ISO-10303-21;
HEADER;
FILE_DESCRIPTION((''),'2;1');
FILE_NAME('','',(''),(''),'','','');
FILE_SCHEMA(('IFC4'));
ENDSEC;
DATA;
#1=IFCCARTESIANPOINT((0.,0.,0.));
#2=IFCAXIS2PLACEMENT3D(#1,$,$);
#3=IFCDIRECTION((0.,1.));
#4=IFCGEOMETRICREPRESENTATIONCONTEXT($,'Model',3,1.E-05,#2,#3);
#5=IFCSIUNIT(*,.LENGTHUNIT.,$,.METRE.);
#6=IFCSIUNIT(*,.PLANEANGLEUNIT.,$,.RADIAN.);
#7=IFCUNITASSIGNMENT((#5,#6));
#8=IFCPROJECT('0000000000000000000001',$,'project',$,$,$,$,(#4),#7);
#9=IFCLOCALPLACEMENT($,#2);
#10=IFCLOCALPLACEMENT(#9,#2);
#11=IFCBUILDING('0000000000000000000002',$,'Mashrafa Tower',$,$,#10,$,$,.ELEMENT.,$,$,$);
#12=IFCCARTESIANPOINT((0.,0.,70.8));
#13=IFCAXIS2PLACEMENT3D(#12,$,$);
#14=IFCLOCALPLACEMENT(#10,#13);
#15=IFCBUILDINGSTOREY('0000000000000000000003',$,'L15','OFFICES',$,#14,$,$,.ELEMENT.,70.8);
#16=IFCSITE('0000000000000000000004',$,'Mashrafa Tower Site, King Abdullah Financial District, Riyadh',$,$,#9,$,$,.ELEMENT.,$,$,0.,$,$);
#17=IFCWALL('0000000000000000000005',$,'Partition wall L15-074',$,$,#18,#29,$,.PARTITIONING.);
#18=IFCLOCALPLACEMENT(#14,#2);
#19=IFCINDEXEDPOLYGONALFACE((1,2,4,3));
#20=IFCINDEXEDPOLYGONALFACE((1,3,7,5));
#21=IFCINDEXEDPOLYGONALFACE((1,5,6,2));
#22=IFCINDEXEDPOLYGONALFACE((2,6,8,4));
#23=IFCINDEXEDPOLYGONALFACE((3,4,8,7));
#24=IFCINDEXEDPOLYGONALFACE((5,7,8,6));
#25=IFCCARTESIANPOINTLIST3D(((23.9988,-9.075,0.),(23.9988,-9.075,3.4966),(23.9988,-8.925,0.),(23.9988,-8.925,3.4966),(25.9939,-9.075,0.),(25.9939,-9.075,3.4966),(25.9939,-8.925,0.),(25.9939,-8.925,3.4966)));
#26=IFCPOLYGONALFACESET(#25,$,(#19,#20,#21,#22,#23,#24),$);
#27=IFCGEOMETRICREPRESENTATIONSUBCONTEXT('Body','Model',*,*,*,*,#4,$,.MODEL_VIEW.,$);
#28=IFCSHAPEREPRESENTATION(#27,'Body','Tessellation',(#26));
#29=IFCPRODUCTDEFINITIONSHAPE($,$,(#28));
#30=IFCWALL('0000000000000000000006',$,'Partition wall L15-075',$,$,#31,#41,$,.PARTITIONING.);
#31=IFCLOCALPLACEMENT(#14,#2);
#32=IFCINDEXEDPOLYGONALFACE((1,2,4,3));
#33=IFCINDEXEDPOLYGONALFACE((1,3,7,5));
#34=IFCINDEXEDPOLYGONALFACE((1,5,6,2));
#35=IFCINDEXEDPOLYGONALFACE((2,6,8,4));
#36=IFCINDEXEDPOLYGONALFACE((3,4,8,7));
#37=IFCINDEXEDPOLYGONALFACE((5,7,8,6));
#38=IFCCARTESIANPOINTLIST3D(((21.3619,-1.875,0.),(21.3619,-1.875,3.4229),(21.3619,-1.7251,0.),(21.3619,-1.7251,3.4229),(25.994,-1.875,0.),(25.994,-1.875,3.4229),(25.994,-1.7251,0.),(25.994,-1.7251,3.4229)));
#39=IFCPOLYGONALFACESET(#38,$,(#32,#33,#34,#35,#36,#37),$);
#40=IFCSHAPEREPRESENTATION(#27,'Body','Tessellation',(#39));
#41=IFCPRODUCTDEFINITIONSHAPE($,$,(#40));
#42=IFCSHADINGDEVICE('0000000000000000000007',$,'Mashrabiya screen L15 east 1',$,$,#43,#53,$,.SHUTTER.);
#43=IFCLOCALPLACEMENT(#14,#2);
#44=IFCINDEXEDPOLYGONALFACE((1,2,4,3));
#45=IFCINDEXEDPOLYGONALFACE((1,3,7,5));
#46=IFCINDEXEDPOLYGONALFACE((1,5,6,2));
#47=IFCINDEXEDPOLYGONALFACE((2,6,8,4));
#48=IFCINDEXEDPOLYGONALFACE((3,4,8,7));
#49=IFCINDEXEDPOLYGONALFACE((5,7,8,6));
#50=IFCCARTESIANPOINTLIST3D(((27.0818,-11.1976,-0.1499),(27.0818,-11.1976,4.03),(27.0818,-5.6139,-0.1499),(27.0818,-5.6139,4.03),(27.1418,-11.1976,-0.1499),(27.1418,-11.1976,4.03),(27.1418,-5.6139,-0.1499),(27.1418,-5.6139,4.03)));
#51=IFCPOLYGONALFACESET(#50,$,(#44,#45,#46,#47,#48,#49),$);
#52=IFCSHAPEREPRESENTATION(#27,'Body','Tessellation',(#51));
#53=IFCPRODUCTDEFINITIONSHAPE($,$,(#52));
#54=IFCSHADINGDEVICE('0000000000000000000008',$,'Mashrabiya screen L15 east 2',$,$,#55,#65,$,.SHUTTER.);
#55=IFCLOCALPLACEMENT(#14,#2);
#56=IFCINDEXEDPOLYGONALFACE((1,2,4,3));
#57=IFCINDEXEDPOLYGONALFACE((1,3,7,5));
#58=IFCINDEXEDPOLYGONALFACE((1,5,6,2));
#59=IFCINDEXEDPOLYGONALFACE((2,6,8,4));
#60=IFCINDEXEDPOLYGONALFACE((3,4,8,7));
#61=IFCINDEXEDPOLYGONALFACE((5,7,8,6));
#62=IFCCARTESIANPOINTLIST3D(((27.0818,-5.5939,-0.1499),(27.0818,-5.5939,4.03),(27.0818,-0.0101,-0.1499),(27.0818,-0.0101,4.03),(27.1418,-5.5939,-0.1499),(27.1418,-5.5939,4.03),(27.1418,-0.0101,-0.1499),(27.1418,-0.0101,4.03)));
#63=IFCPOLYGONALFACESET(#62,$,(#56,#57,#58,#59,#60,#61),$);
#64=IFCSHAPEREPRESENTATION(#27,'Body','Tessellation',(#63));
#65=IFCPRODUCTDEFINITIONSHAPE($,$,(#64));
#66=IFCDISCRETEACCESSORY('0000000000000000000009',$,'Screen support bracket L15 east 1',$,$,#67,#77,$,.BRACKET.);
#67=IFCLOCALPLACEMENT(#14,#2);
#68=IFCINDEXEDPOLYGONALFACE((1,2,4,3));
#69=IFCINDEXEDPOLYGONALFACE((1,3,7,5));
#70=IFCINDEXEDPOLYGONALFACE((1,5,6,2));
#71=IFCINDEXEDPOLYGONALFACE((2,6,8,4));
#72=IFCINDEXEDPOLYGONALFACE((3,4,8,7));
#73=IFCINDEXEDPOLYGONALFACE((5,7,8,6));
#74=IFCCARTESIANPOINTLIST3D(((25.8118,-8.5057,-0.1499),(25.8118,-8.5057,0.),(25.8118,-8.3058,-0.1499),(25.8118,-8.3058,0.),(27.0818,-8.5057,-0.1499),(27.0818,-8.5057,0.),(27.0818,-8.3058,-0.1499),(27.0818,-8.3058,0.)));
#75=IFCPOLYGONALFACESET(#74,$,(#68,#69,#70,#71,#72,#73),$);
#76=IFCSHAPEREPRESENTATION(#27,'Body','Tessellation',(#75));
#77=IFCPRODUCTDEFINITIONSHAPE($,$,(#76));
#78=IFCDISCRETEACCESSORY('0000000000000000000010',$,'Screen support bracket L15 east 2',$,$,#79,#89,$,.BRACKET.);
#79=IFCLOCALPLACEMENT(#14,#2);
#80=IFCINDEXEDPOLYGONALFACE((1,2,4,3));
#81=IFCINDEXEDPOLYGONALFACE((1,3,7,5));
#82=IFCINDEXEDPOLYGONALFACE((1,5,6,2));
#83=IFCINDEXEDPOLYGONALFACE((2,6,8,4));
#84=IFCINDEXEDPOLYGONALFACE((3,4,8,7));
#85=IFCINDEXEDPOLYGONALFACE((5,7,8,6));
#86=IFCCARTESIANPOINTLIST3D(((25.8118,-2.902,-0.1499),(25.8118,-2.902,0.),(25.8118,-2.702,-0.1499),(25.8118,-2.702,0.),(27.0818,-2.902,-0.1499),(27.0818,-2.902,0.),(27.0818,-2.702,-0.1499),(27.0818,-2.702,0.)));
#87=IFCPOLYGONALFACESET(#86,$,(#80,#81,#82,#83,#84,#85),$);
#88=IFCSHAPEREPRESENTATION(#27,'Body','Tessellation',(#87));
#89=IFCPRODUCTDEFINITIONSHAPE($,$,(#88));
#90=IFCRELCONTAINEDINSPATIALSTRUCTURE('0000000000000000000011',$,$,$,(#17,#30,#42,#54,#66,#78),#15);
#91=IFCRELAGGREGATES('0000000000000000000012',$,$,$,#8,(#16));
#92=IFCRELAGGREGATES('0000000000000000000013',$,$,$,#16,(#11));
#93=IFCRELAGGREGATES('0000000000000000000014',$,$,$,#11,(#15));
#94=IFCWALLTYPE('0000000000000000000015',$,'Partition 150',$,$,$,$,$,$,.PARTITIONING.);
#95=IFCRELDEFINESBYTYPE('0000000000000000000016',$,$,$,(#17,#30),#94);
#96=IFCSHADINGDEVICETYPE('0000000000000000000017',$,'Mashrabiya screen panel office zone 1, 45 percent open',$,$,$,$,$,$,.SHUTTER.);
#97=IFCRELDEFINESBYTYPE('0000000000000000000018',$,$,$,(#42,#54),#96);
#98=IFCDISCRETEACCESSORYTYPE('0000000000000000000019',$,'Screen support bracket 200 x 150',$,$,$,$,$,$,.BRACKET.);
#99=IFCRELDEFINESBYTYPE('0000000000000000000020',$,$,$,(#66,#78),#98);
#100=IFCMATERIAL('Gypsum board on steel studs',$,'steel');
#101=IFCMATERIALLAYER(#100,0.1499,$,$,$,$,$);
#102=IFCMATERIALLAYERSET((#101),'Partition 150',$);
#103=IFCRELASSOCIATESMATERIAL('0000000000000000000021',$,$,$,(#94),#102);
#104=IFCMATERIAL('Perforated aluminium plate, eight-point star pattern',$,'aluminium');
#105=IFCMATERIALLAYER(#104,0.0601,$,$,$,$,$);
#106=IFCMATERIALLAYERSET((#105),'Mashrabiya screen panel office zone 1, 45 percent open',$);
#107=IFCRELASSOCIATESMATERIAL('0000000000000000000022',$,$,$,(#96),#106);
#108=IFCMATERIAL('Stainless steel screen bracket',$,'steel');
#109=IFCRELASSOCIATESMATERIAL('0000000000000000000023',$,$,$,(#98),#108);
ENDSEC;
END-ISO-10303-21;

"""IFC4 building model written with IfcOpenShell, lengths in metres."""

from ifc_helpers import new_model, si_unit, direction, frame, frame_2d, origin, origin_2d, place, context, subcontext, project, spatial, rectangle, extrude, source, transform, mapped, material, layer, layer_set, type_object, type_shapes, element, save


model = new_model("IFC4")

# Units and contexts
model_context = context("Model", 3, precision=1e-05, world=origin(), true_north=direction((0.0, 1.0)))
body_context = subcontext(model_context, "Body", "Model", "MODEL_VIEW")
ifc_project = project(units=[si_unit("LENGTHUNIT", "METRE"), si_unit("PLANEANGLEUNIT", "RADIAN")], contexts=[model_context])

# Site, building, storey
site_placement = place(None, origin())
site = spatial("IfcSite", under=ifc_project, at=site_placement, Name="Mashrafa Tower Site, King Abdullah Financial District, Riyadh", CompositionType="ELEMENT", RefElevation=0.0)
building_placement = place(site_placement, origin())
building = spatial("IfcBuilding", under=site, at=building_placement, Name="Mashrafa Tower", CompositionType="ELEMENT")
storey_placement = place(building_placement, frame((0.0, 0.0, 70.8)))
storey = spatial("IfcBuildingStorey", under=building, at=storey_placement, Name="L15", Description="OFFICES", CompositionType="ELEMENT", Elevation=70.8)

# Shared definitions
ifc_material_1 = material(Name="Gypsum board on steel studs", Category="steel")
ifc_layer_1 = layer(ifc_material_1, 0.1499)
ifc_layer_set_1 = layer_set([ifc_layer_1], Name="Partition 150")
wall_type_1 = type_object("IfcWallType", Name="Partition 150", PredefinedType="PARTITIONING", material=ifc_layer_set_1)

# Walls
wall_1_placement = place(storey_placement, frame((23.9988, -9.0, 0.0), z_axis=(0.0, 0.0, 1.0), x_axis=(1.0, 0.0, 0.0)))
element("IfcWall", 1, at=wall_1_placement, inside=storey, type_object=wall_type_1, Name="Partition wall L15-074", PredefinedType="PARTITIONING", context=body_context, shape_type="SweptSolid", body=[
    extrude(rectangle(XDim=1.9951, YDim=0.1499, at=frame_2d((0.9976, 0.0))), origin(), (0.0, 0.0, 1.0), 3.4966),
])
wall_2_placement = place(storey_placement, frame((25.9939, -1.8, 0.0), z_axis=(0.0, 0.0, 1.0), x_axis=(-1.0, 0.0, 0.0)))
element("IfcWall", 2, at=wall_2_placement, inside=storey, type_object=wall_type_1, Name="Partition wall L15-075", PredefinedType="PARTITIONING", context=body_context, shape_type="SweptSolid", body=[
    extrude(rectangle(XDim=4.6321, YDim=0.1499, at=frame_2d((2.3159, 0.0))), origin(), (0.0, 0.0, 1.0), 3.4229),
])

# Shading devices
ifc_material_2 = material(Name="Perforated aluminium plate, eight-point star pattern", Category="aluminium")
ifc_layer_2 = layer(ifc_material_2, 0.0601)
ifc_layer_set_2 = layer_set([ifc_layer_2], Name="Mashrabiya screen panel office zone 1, 45 percent open")
shading_device_type = type_object("IfcShadingDeviceType", Name="Mashrabiya screen panel office zone 1, 45 percent open", PredefinedType="SHUTTER", material=ifc_layer_set_2)
shared_shape_1 = source(origin(), body_context, "Body", "SweptSolid", [
    extrude(rectangle(XDim=5.5837, YDim=0.0601, at=origin_2d()), origin(), (0.0, 0.0, 1.0), 4.1799),
])
type_shapes(shading_device_type, [shared_shape_1])
for number, where, z_axis, x_axis, name in (
    (3, (27.1118, -8.4058, -0.1499), (0.0, 0.0, 1.0), (0.0, 1.0, 0.0), "Mashrabiya screen L15 east 1"),
    (4, (27.1118, -2.802, -0.1499), (0.0, 0.0, 1.0), (0.0, 1.0, 0.0), "Mashrabiya screen L15 east 2"),
):
    element("IfcShadingDevice", number, at=place(storey_placement, frame(where, z_axis=z_axis, x_axis=x_axis)), inside=storey, type_object=shading_device_type, Name=name, PredefinedType="SHUTTER", context=body_context, shape_type="MappedRepresentation", body=[
        mapped(shared_shape_1, transform((0.0, 0.0, 0.0))),
    ])

# Discrete accessories
ifc_material_3 = material(Name="Stainless steel screen bracket", Category="steel")
discrete_accessory_type = type_object("IfcDiscreteAccessoryType", Name="Screen support bracket 200 x 150", PredefinedType="BRACKET", material=ifc_material_3)
shared_shape_2 = source(origin(), body_context, "Body", "SweptSolid", [
    extrude(rectangle(XDim=0.2, YDim=1.27, at=origin_2d()), origin(), (0.0, 0.0, 1.0), 0.1499),
])
type_shapes(discrete_accessory_type, [shared_shape_2])
for number, where, z_axis, x_axis, name in (
    (5, (26.4468, -8.4058, -0.1499), (0.0, 0.0, 1.0), (0.0, 1.0, 0.0), "Screen support bracket L15 east 1"),
    (6, (26.4468, -2.802, -0.1499), (0.0, 0.0, 1.0), (0.0, 1.0, 0.0), "Screen support bracket L15 east 2"),
):
    element("IfcDiscreteAccessory", number, at=place(storey_placement, frame(where, z_axis=z_axis, x_axis=x_axis)), inside=storey, type_object=discrete_accessory_type, Name=name, PredefinedType="BRACKET", context=body_context, shape_type="MappedRepresentation", body=[
        mapped(shared_shape_2, transform((0.0, 0.0, 0.0))),
    ])

save(model, "model.ifc")
